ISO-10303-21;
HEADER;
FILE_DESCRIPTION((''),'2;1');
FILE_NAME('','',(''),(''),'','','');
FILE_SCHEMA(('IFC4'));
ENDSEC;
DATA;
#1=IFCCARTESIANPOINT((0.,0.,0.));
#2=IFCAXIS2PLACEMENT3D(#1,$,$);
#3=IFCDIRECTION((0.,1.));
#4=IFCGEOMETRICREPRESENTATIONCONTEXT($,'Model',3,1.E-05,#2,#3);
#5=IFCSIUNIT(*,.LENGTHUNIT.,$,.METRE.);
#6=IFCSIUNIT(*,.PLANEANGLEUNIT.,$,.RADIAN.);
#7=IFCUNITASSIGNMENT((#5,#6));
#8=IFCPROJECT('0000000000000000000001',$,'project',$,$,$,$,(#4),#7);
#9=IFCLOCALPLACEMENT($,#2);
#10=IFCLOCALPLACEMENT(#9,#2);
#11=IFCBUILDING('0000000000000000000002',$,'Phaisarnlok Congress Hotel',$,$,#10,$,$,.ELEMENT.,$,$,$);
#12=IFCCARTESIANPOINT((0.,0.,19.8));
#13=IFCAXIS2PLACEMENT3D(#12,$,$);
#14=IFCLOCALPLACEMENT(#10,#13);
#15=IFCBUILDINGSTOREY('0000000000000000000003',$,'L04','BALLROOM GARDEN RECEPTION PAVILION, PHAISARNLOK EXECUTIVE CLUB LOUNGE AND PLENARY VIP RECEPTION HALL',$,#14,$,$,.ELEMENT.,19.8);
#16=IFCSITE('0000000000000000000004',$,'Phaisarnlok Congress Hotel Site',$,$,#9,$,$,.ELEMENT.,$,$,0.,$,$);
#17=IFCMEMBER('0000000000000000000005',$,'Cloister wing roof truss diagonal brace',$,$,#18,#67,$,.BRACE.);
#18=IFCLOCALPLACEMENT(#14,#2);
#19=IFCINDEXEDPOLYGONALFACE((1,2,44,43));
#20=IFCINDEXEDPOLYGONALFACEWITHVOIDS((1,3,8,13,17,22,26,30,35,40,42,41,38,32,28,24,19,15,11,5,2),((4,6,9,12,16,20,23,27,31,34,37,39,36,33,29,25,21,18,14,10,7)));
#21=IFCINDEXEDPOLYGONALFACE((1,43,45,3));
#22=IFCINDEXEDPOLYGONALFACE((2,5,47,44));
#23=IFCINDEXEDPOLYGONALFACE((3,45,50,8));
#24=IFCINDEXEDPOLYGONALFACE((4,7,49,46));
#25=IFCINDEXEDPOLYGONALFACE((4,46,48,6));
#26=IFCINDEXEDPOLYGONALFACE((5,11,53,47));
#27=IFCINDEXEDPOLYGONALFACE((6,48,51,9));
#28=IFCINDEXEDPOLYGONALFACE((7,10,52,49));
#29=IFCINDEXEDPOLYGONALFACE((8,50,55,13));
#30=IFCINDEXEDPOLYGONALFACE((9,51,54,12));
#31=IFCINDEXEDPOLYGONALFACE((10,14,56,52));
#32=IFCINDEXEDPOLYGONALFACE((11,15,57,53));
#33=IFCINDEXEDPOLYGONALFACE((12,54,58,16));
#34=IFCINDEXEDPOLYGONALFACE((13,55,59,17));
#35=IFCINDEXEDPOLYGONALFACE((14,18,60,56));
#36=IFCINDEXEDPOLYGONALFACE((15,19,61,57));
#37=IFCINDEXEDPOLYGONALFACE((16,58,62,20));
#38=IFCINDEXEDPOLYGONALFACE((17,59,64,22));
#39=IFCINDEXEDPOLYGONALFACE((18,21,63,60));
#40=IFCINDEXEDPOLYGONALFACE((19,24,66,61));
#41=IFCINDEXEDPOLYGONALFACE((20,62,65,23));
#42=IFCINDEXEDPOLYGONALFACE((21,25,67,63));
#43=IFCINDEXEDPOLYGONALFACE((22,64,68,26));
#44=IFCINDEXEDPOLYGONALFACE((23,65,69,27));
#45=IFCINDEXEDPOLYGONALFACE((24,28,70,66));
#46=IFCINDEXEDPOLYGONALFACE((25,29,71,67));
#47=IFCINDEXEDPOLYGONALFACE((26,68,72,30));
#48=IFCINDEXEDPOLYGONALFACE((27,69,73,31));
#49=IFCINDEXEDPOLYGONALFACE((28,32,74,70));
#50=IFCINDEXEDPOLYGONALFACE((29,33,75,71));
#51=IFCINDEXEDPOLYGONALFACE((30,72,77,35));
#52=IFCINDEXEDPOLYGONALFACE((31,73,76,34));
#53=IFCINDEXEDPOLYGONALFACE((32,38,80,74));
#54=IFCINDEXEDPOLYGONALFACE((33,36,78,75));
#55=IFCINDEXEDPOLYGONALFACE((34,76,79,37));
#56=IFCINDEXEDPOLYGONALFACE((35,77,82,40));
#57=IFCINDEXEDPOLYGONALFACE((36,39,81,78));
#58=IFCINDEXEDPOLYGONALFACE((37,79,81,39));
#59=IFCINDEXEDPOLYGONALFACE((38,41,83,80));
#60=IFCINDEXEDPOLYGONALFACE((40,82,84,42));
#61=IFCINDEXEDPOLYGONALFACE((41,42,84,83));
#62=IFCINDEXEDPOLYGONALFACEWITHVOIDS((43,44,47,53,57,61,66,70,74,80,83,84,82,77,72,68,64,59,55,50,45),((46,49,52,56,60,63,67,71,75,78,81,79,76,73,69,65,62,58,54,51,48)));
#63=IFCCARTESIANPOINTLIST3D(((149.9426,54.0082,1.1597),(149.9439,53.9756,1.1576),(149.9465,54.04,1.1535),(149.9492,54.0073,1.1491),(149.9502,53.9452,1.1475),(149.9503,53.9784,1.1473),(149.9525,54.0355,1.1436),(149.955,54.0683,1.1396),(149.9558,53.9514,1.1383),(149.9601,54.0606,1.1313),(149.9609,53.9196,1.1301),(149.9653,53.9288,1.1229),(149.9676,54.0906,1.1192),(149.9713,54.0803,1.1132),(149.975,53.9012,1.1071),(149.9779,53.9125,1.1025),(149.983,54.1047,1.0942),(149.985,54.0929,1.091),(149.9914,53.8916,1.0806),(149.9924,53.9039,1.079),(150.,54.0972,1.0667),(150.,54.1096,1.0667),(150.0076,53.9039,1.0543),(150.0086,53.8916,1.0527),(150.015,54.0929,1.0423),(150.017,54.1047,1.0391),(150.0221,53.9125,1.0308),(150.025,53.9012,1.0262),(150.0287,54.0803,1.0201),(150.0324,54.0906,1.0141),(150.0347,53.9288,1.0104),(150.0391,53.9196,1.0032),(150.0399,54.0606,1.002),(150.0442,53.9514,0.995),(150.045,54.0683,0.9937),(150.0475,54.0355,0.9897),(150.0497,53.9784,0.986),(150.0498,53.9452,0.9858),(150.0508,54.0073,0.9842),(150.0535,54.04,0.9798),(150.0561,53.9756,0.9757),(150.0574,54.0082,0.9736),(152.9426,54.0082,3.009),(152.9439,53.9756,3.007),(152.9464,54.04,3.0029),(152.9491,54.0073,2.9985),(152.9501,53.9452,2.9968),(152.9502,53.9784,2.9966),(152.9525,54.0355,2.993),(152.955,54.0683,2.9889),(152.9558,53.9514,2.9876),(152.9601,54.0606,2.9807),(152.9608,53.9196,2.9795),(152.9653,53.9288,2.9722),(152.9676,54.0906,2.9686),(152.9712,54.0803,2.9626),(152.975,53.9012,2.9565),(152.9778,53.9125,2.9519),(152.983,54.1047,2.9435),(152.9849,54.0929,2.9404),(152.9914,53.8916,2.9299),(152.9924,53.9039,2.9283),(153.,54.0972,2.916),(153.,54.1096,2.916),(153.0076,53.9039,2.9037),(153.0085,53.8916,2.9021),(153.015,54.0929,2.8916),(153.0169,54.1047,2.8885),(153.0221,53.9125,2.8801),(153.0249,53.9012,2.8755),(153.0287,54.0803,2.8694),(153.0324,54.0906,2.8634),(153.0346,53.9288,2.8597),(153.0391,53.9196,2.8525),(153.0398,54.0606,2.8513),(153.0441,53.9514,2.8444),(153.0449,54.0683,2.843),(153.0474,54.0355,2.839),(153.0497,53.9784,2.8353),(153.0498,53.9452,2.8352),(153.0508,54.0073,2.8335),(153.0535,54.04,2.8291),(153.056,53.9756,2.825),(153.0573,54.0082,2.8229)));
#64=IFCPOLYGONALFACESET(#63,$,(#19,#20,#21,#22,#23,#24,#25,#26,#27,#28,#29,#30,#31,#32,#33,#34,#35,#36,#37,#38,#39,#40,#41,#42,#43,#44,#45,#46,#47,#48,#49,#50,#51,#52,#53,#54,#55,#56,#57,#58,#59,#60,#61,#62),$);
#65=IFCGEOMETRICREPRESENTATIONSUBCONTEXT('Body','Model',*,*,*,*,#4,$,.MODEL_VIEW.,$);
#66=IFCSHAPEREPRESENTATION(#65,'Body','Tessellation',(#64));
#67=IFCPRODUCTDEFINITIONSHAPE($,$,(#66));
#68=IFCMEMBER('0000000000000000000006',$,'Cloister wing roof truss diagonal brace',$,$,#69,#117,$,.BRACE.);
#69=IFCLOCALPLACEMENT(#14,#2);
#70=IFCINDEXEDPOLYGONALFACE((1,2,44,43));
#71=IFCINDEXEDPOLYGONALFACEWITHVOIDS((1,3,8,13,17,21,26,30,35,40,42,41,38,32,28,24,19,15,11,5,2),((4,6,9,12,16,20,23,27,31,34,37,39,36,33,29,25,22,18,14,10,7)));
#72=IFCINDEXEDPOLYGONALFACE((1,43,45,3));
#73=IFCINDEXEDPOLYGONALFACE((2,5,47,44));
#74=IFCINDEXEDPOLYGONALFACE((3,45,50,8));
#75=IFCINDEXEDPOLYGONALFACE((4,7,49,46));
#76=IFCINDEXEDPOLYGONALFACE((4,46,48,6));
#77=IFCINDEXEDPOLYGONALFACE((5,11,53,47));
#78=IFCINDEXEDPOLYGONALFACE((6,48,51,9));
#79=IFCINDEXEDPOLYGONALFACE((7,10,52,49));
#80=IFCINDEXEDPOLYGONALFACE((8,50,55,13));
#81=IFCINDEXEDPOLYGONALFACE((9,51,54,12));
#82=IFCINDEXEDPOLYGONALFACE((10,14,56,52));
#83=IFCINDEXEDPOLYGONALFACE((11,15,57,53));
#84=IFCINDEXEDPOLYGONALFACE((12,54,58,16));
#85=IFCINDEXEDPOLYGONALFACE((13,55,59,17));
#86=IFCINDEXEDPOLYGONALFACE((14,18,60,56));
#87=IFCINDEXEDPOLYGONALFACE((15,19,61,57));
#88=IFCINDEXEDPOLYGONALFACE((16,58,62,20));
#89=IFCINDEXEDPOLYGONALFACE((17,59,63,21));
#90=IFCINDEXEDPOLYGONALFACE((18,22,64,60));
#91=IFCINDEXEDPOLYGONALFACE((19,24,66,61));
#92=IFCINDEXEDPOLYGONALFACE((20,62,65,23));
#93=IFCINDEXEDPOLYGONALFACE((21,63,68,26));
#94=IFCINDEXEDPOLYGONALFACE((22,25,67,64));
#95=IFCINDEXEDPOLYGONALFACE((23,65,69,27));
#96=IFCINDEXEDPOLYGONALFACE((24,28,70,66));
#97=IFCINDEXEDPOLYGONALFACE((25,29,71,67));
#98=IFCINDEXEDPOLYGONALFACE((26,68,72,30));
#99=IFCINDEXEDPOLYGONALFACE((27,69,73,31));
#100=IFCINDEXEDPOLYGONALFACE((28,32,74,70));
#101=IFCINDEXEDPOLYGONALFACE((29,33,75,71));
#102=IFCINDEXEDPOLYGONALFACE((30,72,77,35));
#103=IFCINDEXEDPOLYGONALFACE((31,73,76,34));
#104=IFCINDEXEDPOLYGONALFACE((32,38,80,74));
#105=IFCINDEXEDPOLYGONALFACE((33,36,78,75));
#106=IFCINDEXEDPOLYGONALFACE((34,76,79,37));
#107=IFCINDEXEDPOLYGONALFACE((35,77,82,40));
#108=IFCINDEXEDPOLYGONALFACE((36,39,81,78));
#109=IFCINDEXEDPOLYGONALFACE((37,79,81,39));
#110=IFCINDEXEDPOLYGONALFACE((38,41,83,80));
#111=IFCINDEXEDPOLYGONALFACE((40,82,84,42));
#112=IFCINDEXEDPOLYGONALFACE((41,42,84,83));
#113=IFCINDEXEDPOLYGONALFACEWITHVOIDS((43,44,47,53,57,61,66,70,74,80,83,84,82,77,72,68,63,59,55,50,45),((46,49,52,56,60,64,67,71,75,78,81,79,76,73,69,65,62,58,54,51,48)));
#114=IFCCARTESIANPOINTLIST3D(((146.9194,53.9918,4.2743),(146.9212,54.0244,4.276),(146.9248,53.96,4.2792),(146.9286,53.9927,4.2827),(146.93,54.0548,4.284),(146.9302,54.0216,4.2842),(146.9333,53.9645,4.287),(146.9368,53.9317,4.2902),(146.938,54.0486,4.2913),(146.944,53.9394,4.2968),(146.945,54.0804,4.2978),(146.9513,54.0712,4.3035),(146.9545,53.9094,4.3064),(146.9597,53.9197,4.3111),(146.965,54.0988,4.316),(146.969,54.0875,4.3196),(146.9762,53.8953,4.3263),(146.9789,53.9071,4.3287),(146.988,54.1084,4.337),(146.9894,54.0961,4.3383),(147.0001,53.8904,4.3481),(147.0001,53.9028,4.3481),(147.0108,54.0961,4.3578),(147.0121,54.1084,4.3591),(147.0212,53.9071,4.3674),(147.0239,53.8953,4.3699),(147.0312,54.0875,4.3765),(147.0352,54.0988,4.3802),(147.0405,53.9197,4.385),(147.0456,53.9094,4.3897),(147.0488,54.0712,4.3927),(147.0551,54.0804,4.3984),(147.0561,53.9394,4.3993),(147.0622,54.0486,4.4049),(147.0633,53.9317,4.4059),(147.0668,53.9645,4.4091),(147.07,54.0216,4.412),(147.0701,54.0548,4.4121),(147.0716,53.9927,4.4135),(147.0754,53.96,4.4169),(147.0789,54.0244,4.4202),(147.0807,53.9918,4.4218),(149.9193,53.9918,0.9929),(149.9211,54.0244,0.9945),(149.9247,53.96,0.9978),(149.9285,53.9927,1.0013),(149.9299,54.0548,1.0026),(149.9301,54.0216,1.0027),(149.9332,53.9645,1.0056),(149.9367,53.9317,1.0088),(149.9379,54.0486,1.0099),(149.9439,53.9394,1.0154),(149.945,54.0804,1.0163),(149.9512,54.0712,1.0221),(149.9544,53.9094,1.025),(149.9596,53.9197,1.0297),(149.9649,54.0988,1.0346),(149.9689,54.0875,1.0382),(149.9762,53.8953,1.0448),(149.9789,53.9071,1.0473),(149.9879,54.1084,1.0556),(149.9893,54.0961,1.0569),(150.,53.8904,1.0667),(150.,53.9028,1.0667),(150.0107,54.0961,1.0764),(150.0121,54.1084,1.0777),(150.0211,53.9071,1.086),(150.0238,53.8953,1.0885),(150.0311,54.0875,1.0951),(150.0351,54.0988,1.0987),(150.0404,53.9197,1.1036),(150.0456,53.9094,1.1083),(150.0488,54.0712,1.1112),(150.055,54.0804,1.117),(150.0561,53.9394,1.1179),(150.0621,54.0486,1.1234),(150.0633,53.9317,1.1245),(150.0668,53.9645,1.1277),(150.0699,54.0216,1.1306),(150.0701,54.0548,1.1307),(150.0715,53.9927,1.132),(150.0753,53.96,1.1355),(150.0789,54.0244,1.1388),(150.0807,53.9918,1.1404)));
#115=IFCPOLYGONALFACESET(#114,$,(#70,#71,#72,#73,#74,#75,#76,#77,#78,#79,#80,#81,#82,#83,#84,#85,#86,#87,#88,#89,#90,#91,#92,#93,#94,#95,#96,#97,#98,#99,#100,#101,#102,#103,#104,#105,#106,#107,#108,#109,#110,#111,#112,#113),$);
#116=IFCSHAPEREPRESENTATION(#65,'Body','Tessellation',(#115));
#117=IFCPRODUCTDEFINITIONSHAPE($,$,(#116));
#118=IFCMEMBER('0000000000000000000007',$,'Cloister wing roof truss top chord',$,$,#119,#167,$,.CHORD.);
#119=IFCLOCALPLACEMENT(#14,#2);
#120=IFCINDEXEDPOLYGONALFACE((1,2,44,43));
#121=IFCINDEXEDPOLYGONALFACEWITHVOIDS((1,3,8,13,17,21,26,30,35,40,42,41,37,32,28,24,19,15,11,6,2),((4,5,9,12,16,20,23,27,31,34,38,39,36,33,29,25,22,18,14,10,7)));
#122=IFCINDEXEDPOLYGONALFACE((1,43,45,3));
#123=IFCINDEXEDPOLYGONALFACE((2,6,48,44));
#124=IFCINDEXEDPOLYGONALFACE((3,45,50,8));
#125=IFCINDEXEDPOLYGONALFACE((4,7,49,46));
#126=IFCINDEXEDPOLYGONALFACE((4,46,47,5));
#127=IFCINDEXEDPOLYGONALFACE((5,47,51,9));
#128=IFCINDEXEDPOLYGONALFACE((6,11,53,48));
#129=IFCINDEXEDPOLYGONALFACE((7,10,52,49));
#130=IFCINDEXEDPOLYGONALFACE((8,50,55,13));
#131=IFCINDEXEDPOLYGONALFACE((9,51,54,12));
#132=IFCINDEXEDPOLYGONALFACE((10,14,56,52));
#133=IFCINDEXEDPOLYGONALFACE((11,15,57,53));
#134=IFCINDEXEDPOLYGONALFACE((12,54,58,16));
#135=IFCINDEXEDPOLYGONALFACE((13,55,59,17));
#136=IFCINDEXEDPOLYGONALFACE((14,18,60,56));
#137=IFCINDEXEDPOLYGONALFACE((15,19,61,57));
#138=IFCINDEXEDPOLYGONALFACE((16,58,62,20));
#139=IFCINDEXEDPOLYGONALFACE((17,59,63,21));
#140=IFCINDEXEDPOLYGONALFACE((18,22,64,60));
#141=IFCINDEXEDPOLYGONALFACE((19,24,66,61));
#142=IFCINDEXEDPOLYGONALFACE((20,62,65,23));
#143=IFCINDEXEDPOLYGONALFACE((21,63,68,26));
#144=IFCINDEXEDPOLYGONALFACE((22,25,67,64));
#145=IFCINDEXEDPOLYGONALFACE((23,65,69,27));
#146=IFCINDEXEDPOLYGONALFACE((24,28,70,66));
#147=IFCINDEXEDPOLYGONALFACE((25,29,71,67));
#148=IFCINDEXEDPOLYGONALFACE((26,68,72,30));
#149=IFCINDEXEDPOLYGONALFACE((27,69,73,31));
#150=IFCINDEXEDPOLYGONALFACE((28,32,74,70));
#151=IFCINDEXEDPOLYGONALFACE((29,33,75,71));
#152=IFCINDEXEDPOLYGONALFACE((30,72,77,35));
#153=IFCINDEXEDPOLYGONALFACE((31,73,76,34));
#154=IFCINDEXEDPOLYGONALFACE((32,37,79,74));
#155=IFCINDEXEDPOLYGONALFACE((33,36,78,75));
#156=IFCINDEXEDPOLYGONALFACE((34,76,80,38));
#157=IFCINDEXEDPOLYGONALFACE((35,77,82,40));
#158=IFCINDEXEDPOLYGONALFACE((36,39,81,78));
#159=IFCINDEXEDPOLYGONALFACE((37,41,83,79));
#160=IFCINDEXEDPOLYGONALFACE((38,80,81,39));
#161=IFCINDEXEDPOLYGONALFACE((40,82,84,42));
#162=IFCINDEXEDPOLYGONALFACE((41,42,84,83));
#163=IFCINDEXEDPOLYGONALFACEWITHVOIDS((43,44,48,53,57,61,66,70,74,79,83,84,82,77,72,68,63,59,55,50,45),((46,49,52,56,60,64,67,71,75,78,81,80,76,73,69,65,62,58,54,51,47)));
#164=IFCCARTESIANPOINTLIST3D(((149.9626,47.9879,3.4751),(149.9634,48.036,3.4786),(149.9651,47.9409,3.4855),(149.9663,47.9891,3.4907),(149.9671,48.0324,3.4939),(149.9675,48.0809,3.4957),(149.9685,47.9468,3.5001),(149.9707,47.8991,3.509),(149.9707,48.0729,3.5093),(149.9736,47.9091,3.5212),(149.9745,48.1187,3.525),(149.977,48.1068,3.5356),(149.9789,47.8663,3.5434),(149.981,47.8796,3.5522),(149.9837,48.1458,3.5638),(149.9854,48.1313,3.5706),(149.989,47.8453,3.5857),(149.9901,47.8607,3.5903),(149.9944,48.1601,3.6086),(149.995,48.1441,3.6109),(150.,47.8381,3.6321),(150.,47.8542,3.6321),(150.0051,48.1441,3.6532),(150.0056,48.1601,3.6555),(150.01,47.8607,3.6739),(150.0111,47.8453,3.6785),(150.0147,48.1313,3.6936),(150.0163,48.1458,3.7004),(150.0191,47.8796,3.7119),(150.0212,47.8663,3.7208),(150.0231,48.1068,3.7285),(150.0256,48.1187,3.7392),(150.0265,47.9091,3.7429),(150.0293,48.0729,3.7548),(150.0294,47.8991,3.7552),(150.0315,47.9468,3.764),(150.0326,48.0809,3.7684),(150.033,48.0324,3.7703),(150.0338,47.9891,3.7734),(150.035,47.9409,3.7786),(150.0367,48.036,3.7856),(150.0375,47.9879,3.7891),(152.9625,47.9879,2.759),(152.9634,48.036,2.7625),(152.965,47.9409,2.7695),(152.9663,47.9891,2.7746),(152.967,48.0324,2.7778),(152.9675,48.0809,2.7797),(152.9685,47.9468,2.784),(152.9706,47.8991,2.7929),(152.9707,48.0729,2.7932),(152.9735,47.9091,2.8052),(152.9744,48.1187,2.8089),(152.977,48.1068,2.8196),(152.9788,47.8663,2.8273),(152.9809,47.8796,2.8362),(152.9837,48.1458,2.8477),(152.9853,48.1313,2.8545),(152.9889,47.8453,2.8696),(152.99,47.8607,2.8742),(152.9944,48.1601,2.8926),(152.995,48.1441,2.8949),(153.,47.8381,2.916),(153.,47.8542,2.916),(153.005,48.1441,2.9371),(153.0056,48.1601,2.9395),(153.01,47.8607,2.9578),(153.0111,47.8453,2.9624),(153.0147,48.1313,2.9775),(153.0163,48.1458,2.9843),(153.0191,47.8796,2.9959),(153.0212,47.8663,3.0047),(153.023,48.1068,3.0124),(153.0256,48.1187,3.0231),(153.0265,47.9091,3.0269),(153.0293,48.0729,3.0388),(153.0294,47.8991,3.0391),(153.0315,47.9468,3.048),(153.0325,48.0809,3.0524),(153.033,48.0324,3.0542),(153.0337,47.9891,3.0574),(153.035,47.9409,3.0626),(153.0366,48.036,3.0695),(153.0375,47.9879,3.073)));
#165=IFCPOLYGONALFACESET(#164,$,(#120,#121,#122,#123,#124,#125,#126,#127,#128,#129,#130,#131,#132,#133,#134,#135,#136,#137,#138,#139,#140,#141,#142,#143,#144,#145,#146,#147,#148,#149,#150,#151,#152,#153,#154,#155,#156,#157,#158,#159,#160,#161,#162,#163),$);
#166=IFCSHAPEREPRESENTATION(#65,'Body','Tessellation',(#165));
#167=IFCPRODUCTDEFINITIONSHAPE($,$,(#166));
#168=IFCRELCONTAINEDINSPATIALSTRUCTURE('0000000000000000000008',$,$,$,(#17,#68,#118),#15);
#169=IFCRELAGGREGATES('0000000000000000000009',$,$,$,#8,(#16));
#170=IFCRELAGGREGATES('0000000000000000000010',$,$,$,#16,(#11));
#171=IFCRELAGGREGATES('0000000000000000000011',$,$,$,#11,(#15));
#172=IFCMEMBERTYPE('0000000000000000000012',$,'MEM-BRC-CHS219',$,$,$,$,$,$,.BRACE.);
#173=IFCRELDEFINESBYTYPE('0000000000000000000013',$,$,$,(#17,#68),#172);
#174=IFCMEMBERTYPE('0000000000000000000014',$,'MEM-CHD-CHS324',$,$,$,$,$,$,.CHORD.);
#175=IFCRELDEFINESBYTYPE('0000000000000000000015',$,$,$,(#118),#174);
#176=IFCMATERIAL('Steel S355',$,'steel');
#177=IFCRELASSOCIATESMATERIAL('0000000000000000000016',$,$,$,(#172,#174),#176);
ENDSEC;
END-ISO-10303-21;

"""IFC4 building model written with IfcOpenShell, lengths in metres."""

from ifc_helpers import new_model, si_unit, direction, frame, origin, origin_2d, place, context, subcontext, project, spatial, hollow_circle, extrude, material, material_profile, profile_set, type_object, element, save


model = new_model("IFC4")

# Units and contexts
model_context = context("Model", 3, precision=1e-05, world=origin(), true_north=direction((0.0, 1.0)))
body_context = subcontext(model_context, "Body", "Model", "MODEL_VIEW")
ifc_project = project(units=[si_unit("LENGTHUNIT", "METRE"), si_unit("PLANEANGLEUNIT", "RADIAN")], contexts=[model_context])

# Site, building, storey
site_placement = place(None, origin())
site = spatial("IfcSite", under=ifc_project, at=site_placement, Name="Phaisarnlok Congress Hotel Site", CompositionType="ELEMENT", RefElevation=0.0)
building_placement = place(site_placement, origin())
building = spatial("IfcBuilding", under=site, at=building_placement, Name="Phaisarnlok Congress Hotel", CompositionType="ELEMENT")
storey_placement = place(building_placement, frame((0.0, 0.0, 19.8)))
storey = spatial("IfcBuildingStorey", under=building, at=storey_placement, Name="L04", Description="BALLROOM GARDEN RECEPTION PAVILION, PHAISARNLOK EXECUTIVE CLUB LOUNGE AND PLENARY VIP RECEPTION HALL", CompositionType="ELEMENT", Elevation=19.8)

# Shared definitions
ifc_material = material(Name="Steel S355", Category="steel")

# Members
ifc_material_profile_1 = material_profile(ifc_material, hollow_circle(Radius=0.1096, WallThickness=0.0125, at=origin_2d()), Name="CHS 219.1x12.5")
ifc_profile_set_1 = profile_set([ifc_material_profile_1], Name="Steel S355")
member_type_1 = type_object("IfcMemberType", Name="MEM-BRC-CHS219", PredefinedType="BRACE", material=ifc_profile_set_1)
member_1_placement = place(storey_placement, frame((150.0, 54.0, 1.0667), z_axis=(0.851251, 0.0, 0.524758), x_axis=(0.0, 1.0, 0.0)))
element("IfcMember", 1, at=member_1_placement, inside=storey, type_object=member_type_1, Name="Cloister wing roof truss diagonal brace", PredefinedType="BRACE", context=body_context, shape_type="SweptSolid", body=[
    extrude(hollow_circle(Radius=0.1096, WallThickness=0.0125, at=origin_2d()), origin(), (0.0, 0.0, 1.0), 3.5242),
])
member_2_placement = place(storey_placement, frame((150.0, 54.0, 1.0667), z_axis=(-0.674742, 0.0, 0.738054), x_axis=(0.0, -1.0, 0.0)))
element("IfcMember", 2, at=member_2_placement, inside=storey, type_object=member_type_1, Name="Cloister wing roof truss diagonal brace", PredefinedType="BRACE", context=body_context, shape_type="SweptSolid", body=[
    extrude(hollow_circle(Radius=0.1096, WallThickness=0.0125, at=origin_2d()), origin(), (0.0, 0.0, 1.0), 4.446),
])
ifc_material_profile_2 = material_profile(ifc_material, hollow_circle(Radius=0.1619, WallThickness=0.0161, at=origin_2d()), Name="CHS 323.9x16")
ifc_profile_set_2 = profile_set([ifc_material_profile_2], Name="Steel S355")
member_type_2 = type_object("IfcMemberType", Name="MEM-CHD-CHS324", PredefinedType="CHORD", material=ifc_profile_set_2)
for number, where, z_axis, x_axis, name in (
    (3, (153.0, 48.0, 2.916), (-0.972676, 0.0, 0.232166), (0.0, -1.0, 0.0), "Cloister wing roof truss top chord"),
):
    element("IfcMember", number, at=place(storey_placement, frame(where, z_axis=z_axis, x_axis=x_axis)), inside=storey, type_object=member_type_2, Name=name, PredefinedType="CHORD", context=body_context, shape_type="SweptSolid", body=[
        extrude(hollow_circle(Radius=0.1619, WallThickness=0.0161, at=origin_2d()), origin(), (0.0, 0.0, 1.0), 3.0842),
    ])

save(model, "model.ifc")
